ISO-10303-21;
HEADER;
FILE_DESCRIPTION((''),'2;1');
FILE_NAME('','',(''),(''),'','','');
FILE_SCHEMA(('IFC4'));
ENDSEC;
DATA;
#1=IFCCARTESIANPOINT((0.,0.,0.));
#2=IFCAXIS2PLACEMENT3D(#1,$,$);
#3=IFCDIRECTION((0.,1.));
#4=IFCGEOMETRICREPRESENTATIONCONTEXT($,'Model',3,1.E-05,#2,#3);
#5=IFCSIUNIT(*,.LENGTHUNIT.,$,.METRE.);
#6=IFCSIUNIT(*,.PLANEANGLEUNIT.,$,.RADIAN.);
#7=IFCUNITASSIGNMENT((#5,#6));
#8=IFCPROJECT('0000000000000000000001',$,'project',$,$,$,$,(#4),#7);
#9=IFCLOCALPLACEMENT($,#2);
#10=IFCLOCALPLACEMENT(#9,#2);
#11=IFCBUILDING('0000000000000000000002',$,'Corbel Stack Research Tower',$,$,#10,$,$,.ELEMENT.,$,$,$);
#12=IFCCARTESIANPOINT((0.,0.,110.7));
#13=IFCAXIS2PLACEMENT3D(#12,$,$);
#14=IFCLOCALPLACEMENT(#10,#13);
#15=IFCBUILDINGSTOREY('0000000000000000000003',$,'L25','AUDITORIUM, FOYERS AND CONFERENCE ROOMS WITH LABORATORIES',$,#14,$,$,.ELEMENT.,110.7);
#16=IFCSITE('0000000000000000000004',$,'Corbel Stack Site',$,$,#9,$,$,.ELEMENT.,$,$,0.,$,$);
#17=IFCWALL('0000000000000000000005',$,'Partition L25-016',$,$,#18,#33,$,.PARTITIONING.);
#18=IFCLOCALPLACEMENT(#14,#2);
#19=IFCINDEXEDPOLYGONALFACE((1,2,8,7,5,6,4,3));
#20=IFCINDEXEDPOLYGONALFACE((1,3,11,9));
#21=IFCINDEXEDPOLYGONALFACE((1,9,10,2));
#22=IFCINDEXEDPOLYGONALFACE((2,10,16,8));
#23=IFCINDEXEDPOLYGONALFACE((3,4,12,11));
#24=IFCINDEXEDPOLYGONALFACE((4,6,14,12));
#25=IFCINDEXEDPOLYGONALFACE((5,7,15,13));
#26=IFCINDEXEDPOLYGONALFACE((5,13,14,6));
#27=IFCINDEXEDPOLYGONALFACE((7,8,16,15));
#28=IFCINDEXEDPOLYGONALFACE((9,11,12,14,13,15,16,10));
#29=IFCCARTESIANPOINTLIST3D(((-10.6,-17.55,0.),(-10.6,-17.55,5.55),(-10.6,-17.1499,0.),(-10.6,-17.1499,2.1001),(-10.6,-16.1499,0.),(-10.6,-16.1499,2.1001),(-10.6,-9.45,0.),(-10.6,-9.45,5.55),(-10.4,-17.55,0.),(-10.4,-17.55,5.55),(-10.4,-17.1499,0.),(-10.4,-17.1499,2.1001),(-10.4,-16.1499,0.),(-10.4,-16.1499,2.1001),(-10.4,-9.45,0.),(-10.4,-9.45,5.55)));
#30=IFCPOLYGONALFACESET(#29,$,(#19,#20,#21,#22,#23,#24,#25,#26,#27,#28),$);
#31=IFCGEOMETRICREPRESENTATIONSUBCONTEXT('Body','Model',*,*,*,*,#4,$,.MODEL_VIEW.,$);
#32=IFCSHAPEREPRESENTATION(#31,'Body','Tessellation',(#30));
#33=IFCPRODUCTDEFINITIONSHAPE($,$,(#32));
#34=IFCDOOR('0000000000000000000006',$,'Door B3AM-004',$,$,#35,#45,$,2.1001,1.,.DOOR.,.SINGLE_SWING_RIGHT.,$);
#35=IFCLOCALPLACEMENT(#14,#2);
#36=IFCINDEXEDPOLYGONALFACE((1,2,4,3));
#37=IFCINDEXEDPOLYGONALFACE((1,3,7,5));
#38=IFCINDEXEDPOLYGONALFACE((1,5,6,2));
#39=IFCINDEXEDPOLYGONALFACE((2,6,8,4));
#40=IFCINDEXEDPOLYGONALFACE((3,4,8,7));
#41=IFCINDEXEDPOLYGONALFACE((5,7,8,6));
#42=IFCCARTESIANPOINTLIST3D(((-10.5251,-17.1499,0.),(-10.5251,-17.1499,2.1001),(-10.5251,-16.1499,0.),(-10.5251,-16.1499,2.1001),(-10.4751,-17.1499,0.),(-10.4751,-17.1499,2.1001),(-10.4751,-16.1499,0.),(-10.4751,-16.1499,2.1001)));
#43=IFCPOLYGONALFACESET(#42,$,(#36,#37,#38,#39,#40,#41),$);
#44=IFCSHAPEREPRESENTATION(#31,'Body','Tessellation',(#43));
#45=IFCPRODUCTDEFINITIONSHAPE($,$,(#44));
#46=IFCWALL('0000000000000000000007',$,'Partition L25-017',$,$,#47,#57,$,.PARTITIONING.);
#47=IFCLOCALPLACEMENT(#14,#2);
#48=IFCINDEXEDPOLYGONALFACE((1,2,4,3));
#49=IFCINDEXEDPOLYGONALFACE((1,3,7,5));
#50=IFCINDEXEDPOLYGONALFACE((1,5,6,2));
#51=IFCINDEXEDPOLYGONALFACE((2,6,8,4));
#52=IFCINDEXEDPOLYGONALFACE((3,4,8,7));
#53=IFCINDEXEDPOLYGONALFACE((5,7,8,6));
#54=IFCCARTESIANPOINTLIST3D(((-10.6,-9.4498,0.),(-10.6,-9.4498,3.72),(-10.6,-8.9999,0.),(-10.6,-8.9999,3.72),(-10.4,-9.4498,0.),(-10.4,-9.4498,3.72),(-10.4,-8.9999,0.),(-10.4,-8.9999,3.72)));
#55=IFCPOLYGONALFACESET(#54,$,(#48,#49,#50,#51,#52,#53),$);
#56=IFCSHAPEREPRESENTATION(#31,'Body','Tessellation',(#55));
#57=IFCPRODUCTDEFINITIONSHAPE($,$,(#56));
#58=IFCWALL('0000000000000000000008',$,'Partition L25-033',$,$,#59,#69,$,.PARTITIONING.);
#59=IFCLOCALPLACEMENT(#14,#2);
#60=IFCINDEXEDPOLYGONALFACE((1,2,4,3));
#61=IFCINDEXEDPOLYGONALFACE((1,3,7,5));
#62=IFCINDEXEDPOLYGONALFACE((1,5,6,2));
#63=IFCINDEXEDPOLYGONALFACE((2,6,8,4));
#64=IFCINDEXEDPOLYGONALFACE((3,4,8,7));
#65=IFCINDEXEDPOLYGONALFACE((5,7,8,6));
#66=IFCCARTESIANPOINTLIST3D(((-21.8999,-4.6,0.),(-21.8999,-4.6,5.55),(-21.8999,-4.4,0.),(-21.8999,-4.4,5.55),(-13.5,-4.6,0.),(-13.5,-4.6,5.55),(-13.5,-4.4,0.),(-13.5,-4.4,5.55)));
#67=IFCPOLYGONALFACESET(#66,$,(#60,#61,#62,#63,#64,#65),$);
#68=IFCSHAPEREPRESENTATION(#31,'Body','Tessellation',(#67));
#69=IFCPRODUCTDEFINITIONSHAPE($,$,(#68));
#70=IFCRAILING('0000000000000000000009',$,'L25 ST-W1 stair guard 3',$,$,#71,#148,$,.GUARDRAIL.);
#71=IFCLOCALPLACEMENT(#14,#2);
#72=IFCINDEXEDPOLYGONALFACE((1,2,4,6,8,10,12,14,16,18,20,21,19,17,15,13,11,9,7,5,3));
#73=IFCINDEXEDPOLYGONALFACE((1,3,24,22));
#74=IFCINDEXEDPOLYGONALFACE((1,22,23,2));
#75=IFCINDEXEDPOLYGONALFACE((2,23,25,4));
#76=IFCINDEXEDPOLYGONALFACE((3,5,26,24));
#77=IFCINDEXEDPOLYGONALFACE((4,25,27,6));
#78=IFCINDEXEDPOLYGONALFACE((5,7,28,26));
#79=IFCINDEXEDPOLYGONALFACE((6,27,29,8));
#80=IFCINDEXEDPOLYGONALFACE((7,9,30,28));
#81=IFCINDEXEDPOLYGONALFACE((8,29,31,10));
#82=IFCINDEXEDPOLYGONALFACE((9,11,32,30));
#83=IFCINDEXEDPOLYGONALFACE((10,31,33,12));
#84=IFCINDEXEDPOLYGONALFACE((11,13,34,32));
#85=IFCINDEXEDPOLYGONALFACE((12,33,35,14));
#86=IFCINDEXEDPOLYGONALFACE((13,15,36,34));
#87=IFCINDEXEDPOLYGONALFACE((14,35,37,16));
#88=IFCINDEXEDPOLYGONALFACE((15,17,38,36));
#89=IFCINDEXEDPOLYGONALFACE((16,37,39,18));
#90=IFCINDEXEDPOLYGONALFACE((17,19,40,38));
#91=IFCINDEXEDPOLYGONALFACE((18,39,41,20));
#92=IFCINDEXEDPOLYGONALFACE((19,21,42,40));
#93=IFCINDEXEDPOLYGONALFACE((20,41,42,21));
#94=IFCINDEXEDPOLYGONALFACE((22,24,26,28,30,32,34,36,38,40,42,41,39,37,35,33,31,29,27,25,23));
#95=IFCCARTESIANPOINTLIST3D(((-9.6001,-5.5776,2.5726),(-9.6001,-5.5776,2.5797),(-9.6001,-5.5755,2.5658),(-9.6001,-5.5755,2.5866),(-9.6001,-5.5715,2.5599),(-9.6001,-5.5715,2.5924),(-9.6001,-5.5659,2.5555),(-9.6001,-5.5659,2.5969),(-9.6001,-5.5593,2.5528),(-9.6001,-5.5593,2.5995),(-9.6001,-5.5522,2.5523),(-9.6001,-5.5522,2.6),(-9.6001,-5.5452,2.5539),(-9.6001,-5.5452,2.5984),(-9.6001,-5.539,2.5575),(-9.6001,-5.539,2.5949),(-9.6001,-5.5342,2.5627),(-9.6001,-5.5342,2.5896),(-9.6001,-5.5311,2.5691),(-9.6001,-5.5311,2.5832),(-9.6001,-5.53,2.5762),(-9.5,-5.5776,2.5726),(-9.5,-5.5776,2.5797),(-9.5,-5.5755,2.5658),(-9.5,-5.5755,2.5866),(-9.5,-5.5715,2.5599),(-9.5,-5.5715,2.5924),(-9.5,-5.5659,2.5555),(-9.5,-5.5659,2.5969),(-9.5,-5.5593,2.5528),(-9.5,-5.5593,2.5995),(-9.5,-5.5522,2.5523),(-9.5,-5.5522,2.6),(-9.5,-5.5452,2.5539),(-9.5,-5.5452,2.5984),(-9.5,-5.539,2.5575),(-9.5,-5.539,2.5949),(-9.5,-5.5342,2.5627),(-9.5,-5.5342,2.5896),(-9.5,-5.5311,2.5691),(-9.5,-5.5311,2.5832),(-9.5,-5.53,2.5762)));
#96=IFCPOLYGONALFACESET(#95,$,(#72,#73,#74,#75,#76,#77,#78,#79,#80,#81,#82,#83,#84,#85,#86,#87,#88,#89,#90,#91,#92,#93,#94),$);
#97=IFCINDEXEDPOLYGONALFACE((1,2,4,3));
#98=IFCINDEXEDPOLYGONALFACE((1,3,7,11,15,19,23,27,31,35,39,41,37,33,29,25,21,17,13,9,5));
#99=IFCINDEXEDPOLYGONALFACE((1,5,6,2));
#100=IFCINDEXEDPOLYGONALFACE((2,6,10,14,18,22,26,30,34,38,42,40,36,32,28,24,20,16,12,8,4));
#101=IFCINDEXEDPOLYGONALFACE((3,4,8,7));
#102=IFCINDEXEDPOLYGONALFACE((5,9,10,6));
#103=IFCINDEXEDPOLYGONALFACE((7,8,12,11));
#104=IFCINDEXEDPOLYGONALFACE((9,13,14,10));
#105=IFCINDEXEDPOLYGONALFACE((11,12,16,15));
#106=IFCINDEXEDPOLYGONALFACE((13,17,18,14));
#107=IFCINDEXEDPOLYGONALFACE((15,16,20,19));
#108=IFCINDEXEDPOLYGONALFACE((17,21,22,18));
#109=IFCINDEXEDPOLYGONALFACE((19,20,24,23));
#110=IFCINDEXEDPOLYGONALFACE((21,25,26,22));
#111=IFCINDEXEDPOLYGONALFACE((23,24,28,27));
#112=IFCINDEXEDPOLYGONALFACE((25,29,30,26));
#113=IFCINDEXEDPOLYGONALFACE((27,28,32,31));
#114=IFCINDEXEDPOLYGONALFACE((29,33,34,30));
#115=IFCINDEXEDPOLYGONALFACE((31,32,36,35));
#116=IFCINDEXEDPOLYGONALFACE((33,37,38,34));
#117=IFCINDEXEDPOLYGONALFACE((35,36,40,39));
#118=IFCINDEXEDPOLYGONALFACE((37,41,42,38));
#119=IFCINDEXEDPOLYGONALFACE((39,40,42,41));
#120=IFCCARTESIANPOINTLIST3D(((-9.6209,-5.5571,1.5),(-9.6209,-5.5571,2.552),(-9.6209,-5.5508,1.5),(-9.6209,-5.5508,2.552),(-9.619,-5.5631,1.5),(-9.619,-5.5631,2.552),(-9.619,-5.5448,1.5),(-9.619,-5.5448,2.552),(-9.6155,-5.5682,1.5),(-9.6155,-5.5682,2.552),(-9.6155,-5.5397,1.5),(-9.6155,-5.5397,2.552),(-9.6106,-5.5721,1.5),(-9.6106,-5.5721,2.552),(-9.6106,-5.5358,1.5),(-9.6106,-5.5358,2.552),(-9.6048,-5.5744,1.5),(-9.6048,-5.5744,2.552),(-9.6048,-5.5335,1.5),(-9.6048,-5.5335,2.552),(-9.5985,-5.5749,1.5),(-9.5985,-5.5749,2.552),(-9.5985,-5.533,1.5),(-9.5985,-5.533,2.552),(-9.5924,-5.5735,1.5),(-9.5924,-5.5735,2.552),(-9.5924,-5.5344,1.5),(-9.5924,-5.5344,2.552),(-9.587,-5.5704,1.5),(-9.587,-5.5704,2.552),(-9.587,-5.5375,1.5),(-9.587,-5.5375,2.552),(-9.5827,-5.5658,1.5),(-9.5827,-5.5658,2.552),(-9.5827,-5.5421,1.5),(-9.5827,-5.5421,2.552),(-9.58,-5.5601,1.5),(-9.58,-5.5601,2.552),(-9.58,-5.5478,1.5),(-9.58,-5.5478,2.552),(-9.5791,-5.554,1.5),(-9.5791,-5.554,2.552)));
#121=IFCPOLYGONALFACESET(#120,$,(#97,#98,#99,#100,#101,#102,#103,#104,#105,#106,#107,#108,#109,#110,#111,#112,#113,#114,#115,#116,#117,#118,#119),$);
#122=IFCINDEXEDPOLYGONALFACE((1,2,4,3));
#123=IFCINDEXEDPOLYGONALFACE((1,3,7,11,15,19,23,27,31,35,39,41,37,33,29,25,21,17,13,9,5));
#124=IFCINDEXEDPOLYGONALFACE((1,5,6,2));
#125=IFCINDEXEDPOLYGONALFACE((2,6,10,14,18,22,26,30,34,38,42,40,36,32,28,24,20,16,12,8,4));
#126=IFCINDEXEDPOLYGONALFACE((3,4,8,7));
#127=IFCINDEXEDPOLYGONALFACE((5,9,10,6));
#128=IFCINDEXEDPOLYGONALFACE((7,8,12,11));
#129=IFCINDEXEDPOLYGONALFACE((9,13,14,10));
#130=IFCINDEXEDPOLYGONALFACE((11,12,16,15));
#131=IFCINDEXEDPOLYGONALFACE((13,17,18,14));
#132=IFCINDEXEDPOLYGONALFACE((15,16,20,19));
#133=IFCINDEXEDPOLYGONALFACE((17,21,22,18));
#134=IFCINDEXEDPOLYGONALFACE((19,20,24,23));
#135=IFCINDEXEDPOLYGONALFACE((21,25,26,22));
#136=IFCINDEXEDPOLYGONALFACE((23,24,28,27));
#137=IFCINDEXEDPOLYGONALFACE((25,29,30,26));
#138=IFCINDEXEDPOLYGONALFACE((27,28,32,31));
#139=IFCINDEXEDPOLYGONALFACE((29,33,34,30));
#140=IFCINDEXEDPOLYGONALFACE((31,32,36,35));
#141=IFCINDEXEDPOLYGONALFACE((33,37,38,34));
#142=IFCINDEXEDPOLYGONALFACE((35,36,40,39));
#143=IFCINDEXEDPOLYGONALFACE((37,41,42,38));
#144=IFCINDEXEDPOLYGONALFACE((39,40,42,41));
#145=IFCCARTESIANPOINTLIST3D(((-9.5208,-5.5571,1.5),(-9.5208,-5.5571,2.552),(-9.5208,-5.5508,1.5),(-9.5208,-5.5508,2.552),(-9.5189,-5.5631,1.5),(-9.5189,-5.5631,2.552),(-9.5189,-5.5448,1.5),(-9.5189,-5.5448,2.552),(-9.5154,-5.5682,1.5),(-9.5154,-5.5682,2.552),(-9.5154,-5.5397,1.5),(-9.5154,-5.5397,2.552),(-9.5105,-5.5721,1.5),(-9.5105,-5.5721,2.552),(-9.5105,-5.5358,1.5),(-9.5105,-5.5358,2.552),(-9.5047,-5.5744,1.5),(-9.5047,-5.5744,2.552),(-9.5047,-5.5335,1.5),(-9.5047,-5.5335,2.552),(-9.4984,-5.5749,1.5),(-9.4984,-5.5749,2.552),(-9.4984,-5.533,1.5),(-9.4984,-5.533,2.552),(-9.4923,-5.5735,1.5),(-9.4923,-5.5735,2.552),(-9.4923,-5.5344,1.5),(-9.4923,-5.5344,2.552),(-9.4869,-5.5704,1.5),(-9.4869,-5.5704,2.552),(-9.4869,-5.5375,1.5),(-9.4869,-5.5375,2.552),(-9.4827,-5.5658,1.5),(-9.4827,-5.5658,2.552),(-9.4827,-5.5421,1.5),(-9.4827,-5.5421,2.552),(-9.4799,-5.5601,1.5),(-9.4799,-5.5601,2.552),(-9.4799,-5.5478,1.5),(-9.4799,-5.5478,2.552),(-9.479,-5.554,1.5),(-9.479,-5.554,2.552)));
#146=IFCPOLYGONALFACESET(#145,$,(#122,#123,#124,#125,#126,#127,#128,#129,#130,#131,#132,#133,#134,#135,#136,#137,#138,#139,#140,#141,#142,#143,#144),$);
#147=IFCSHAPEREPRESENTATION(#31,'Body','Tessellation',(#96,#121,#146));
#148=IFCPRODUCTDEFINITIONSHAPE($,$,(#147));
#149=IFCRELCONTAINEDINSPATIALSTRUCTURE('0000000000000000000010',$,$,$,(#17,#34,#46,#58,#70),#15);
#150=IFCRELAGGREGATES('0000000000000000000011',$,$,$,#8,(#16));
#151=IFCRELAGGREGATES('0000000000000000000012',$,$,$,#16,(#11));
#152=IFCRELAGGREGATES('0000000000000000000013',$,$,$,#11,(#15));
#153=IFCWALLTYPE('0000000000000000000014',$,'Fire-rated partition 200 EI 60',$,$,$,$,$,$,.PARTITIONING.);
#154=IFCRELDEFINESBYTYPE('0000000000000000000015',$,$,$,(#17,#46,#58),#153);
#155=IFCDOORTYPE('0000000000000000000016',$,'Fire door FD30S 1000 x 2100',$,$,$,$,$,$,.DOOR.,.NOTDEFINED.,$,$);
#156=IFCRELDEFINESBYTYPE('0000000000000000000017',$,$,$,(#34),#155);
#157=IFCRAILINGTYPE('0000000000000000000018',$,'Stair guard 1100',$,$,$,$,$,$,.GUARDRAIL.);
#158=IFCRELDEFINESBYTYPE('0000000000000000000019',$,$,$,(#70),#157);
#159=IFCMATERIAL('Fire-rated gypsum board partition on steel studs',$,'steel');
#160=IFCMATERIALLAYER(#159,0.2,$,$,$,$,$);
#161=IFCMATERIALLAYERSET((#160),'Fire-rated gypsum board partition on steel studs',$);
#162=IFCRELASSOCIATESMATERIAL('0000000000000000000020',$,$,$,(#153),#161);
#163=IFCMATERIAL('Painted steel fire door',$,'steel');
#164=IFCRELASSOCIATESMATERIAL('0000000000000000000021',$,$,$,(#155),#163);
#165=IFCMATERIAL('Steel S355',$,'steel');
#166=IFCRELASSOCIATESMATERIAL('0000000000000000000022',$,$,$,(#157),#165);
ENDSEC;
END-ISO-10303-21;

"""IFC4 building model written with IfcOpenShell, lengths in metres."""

from ifc_helpers import new_model, si_unit, direction, frame, frame_2d, origin, origin_2d, place, context, subcontext, project, spatial, rectangle, circle, extrude, material, layer, layer_set, type_object, element, fill, save


model = new_model("IFC4")

# Units and contexts
model_context = context("Model", 3, precision=1e-05, world=origin(), true_north=direction((0.0, 1.0)))
body_context = subcontext(model_context, "Body", "Model", "MODEL_VIEW")
ifc_project = project(units=[si_unit("LENGTHUNIT", "METRE"), si_unit("PLANEANGLEUNIT", "RADIAN")], contexts=[model_context])

# Site, building, storey
site_placement = place(None, origin())
site = spatial("IfcSite", under=ifc_project, at=site_placement, Name="Corbel Stack Site", CompositionType="ELEMENT", RefElevation=0.0)
building_placement = place(site_placement, origin())
building = spatial("IfcBuilding", under=site, at=building_placement, Name="Corbel Stack Research Tower", CompositionType="ELEMENT")
storey_placement = place(building_placement, frame((0.0, 0.0, 110.7)))
storey = spatial("IfcBuildingStorey", under=building, at=storey_placement, Name="L25", Description="AUDITORIUM, FOYERS AND CONFERENCE ROOMS WITH LABORATORIES", CompositionType="ELEMENT", Elevation=110.7)

# Shared definitions
ifc_material_1 = material(Name="Fire-rated gypsum board partition on steel studs", Category="steel")
ifc_layer_1 = layer(ifc_material_1, 0.2)
ifc_layer_set_1 = layer_set([ifc_layer_1], Name="Fire-rated gypsum board partition on steel studs")
wall_type_1 = type_object("IfcWallType", Name="Fire-rated partition 200 EI 60", PredefinedType="PARTITIONING", material=ifc_layer_set_1)

# Wall, opening, door
wall_1_placement = place(storey_placement, frame((-10.5, -9.45, 0.0), z_axis=(0.0, 0.0, 1.0), x_axis=(0.0, -1.0, 0.0)))
wall_1 = element("IfcWall", 1, at=wall_1_placement, inside=storey, type_object=wall_type_1, Name="Partition L25-016", PredefinedType="PARTITIONING", context=body_context, shape_type="SweptSolid", body=[
    extrude(rectangle(XDim=8.1001, YDim=0.2, at=frame_2d((4.05, 0.0))), origin(), (0.0, 0.0, 1.0), 5.55),
])
opening_1_placement = place(wall_1_placement, frame((6.7, 0.0, 0.0)))
opening_1 = element("IfcOpeningElement", 2, at=opening_1_placement, cuts=wall_1, PredefinedType="OPENING", context=body_context, shape_type="SweptSolid", body=[
    extrude(rectangle(XDim=1.0, YDim=2.1001, at=frame_2d((0.5, 1.05))), frame((0.0, 0.1099, 0.0), z_axis=(0.0, -1.0, 0.0), x_axis=(1.0, 0.0, 0.0)), (0.0, 0.0, 1.0), 0.22),
])
ifc_material_2 = material(Name="Painted steel fire door", Category="steel")
door_type_1 = type_object("IfcDoorType", Name="Fire door FD30S 1000 x 2100", OperationType="NOTDEFINED", PredefinedType="DOOR", material=ifc_material_2)
door_1_placement = place(opening_1_placement, origin())
door_1 = element("IfcDoor", 3, at=door_1_placement, inside=storey, type_object=door_type_1, Name="Door B3AM-004", OperationType="SINGLE_SWING_RIGHT", OverallHeight=2.1001, OverallWidth=1.0, PredefinedType="DOOR", context=body_context, shape_type="SweptSolid", body=[
    extrude(rectangle(XDim=1.0, YDim=2.1001, at=frame_2d((0.5, 1.05))), frame((0.0, 0.0249, 0.0), z_axis=(0.0, -1.0, 0.0), x_axis=(1.0, 0.0, 0.0)), (0.0, 0.0, 1.0), 0.05),
])
fill(opening_1, door_1)

# Walls
wall_2_placement = place(storey_placement, frame((-10.5, -9.45, 0.0), z_axis=(0.0, 0.0, 1.0), x_axis=(0.0, 1.0, 0.0)))
element("IfcWall", 4, at=wall_2_placement, inside=storey, type_object=wall_type_1, Name="Partition L25-017", PredefinedType="PARTITIONING", context=body_context, shape_type="SweptSolid", body=[
    extrude(rectangle(XDim=0.45, YDim=0.2, at=frame_2d((0.2251, 0.0))), origin(), (0.0, 0.0, 1.0), 3.72),
])
wall_3_placement = place(storey_placement, frame((-21.8999, -4.5, 0.0), z_axis=(0.0, 0.0, 1.0), x_axis=(1.0, 0.0, 0.0)))
element("IfcWall", 5, at=wall_3_placement, inside=storey, type_object=wall_type_1, Name="Partition L25-033", PredefinedType="PARTITIONING", context=body_context, shape_type="SweptSolid", body=[
    extrude(rectangle(XDim=8.3999, YDim=0.2, at=frame_2d((4.2, 0.0))), origin(), (0.0, 0.0, 1.0), 5.55),
])

# Railing
ifc_material_3 = material(Name="Steel S355", Category="steel")
railing_type = type_object("IfcRailingType", Name="Stair guard 1100", PredefinedType="GUARDRAIL", material=ifc_material_3)
for number, where, name in (
    (6, (-9.6001, -5.554, 1.5), "L25 ST-W1 stair guard 3"),
):
    element("IfcRailing", number, at=place(storey_placement, frame(where)), inside=storey, type_object=railing_type, Name=name, PredefinedType="GUARDRAIL", context=body_context, shape_type="SweptSolid", body=[
        extrude(circle(Radius=0.0239, at=origin_2d()), frame((0.0, 0.0, 1.0762), z_axis=(1.0, 0.0, 0.0), x_axis=(0.0, 1.0, 0.0)), (0.0, 0.0, 1.0), 0.1001),
        extrude(circle(Radius=0.021, at=origin_2d()), origin(), (0.0, 0.0, 1.0), 1.052),
        extrude(circle(Radius=0.021, at=origin_2d()), frame((0.1001, 0.0, 0.0)), (0.0, 0.0, 1.0), 1.052),
    ])

save(model, "model.ifc")
